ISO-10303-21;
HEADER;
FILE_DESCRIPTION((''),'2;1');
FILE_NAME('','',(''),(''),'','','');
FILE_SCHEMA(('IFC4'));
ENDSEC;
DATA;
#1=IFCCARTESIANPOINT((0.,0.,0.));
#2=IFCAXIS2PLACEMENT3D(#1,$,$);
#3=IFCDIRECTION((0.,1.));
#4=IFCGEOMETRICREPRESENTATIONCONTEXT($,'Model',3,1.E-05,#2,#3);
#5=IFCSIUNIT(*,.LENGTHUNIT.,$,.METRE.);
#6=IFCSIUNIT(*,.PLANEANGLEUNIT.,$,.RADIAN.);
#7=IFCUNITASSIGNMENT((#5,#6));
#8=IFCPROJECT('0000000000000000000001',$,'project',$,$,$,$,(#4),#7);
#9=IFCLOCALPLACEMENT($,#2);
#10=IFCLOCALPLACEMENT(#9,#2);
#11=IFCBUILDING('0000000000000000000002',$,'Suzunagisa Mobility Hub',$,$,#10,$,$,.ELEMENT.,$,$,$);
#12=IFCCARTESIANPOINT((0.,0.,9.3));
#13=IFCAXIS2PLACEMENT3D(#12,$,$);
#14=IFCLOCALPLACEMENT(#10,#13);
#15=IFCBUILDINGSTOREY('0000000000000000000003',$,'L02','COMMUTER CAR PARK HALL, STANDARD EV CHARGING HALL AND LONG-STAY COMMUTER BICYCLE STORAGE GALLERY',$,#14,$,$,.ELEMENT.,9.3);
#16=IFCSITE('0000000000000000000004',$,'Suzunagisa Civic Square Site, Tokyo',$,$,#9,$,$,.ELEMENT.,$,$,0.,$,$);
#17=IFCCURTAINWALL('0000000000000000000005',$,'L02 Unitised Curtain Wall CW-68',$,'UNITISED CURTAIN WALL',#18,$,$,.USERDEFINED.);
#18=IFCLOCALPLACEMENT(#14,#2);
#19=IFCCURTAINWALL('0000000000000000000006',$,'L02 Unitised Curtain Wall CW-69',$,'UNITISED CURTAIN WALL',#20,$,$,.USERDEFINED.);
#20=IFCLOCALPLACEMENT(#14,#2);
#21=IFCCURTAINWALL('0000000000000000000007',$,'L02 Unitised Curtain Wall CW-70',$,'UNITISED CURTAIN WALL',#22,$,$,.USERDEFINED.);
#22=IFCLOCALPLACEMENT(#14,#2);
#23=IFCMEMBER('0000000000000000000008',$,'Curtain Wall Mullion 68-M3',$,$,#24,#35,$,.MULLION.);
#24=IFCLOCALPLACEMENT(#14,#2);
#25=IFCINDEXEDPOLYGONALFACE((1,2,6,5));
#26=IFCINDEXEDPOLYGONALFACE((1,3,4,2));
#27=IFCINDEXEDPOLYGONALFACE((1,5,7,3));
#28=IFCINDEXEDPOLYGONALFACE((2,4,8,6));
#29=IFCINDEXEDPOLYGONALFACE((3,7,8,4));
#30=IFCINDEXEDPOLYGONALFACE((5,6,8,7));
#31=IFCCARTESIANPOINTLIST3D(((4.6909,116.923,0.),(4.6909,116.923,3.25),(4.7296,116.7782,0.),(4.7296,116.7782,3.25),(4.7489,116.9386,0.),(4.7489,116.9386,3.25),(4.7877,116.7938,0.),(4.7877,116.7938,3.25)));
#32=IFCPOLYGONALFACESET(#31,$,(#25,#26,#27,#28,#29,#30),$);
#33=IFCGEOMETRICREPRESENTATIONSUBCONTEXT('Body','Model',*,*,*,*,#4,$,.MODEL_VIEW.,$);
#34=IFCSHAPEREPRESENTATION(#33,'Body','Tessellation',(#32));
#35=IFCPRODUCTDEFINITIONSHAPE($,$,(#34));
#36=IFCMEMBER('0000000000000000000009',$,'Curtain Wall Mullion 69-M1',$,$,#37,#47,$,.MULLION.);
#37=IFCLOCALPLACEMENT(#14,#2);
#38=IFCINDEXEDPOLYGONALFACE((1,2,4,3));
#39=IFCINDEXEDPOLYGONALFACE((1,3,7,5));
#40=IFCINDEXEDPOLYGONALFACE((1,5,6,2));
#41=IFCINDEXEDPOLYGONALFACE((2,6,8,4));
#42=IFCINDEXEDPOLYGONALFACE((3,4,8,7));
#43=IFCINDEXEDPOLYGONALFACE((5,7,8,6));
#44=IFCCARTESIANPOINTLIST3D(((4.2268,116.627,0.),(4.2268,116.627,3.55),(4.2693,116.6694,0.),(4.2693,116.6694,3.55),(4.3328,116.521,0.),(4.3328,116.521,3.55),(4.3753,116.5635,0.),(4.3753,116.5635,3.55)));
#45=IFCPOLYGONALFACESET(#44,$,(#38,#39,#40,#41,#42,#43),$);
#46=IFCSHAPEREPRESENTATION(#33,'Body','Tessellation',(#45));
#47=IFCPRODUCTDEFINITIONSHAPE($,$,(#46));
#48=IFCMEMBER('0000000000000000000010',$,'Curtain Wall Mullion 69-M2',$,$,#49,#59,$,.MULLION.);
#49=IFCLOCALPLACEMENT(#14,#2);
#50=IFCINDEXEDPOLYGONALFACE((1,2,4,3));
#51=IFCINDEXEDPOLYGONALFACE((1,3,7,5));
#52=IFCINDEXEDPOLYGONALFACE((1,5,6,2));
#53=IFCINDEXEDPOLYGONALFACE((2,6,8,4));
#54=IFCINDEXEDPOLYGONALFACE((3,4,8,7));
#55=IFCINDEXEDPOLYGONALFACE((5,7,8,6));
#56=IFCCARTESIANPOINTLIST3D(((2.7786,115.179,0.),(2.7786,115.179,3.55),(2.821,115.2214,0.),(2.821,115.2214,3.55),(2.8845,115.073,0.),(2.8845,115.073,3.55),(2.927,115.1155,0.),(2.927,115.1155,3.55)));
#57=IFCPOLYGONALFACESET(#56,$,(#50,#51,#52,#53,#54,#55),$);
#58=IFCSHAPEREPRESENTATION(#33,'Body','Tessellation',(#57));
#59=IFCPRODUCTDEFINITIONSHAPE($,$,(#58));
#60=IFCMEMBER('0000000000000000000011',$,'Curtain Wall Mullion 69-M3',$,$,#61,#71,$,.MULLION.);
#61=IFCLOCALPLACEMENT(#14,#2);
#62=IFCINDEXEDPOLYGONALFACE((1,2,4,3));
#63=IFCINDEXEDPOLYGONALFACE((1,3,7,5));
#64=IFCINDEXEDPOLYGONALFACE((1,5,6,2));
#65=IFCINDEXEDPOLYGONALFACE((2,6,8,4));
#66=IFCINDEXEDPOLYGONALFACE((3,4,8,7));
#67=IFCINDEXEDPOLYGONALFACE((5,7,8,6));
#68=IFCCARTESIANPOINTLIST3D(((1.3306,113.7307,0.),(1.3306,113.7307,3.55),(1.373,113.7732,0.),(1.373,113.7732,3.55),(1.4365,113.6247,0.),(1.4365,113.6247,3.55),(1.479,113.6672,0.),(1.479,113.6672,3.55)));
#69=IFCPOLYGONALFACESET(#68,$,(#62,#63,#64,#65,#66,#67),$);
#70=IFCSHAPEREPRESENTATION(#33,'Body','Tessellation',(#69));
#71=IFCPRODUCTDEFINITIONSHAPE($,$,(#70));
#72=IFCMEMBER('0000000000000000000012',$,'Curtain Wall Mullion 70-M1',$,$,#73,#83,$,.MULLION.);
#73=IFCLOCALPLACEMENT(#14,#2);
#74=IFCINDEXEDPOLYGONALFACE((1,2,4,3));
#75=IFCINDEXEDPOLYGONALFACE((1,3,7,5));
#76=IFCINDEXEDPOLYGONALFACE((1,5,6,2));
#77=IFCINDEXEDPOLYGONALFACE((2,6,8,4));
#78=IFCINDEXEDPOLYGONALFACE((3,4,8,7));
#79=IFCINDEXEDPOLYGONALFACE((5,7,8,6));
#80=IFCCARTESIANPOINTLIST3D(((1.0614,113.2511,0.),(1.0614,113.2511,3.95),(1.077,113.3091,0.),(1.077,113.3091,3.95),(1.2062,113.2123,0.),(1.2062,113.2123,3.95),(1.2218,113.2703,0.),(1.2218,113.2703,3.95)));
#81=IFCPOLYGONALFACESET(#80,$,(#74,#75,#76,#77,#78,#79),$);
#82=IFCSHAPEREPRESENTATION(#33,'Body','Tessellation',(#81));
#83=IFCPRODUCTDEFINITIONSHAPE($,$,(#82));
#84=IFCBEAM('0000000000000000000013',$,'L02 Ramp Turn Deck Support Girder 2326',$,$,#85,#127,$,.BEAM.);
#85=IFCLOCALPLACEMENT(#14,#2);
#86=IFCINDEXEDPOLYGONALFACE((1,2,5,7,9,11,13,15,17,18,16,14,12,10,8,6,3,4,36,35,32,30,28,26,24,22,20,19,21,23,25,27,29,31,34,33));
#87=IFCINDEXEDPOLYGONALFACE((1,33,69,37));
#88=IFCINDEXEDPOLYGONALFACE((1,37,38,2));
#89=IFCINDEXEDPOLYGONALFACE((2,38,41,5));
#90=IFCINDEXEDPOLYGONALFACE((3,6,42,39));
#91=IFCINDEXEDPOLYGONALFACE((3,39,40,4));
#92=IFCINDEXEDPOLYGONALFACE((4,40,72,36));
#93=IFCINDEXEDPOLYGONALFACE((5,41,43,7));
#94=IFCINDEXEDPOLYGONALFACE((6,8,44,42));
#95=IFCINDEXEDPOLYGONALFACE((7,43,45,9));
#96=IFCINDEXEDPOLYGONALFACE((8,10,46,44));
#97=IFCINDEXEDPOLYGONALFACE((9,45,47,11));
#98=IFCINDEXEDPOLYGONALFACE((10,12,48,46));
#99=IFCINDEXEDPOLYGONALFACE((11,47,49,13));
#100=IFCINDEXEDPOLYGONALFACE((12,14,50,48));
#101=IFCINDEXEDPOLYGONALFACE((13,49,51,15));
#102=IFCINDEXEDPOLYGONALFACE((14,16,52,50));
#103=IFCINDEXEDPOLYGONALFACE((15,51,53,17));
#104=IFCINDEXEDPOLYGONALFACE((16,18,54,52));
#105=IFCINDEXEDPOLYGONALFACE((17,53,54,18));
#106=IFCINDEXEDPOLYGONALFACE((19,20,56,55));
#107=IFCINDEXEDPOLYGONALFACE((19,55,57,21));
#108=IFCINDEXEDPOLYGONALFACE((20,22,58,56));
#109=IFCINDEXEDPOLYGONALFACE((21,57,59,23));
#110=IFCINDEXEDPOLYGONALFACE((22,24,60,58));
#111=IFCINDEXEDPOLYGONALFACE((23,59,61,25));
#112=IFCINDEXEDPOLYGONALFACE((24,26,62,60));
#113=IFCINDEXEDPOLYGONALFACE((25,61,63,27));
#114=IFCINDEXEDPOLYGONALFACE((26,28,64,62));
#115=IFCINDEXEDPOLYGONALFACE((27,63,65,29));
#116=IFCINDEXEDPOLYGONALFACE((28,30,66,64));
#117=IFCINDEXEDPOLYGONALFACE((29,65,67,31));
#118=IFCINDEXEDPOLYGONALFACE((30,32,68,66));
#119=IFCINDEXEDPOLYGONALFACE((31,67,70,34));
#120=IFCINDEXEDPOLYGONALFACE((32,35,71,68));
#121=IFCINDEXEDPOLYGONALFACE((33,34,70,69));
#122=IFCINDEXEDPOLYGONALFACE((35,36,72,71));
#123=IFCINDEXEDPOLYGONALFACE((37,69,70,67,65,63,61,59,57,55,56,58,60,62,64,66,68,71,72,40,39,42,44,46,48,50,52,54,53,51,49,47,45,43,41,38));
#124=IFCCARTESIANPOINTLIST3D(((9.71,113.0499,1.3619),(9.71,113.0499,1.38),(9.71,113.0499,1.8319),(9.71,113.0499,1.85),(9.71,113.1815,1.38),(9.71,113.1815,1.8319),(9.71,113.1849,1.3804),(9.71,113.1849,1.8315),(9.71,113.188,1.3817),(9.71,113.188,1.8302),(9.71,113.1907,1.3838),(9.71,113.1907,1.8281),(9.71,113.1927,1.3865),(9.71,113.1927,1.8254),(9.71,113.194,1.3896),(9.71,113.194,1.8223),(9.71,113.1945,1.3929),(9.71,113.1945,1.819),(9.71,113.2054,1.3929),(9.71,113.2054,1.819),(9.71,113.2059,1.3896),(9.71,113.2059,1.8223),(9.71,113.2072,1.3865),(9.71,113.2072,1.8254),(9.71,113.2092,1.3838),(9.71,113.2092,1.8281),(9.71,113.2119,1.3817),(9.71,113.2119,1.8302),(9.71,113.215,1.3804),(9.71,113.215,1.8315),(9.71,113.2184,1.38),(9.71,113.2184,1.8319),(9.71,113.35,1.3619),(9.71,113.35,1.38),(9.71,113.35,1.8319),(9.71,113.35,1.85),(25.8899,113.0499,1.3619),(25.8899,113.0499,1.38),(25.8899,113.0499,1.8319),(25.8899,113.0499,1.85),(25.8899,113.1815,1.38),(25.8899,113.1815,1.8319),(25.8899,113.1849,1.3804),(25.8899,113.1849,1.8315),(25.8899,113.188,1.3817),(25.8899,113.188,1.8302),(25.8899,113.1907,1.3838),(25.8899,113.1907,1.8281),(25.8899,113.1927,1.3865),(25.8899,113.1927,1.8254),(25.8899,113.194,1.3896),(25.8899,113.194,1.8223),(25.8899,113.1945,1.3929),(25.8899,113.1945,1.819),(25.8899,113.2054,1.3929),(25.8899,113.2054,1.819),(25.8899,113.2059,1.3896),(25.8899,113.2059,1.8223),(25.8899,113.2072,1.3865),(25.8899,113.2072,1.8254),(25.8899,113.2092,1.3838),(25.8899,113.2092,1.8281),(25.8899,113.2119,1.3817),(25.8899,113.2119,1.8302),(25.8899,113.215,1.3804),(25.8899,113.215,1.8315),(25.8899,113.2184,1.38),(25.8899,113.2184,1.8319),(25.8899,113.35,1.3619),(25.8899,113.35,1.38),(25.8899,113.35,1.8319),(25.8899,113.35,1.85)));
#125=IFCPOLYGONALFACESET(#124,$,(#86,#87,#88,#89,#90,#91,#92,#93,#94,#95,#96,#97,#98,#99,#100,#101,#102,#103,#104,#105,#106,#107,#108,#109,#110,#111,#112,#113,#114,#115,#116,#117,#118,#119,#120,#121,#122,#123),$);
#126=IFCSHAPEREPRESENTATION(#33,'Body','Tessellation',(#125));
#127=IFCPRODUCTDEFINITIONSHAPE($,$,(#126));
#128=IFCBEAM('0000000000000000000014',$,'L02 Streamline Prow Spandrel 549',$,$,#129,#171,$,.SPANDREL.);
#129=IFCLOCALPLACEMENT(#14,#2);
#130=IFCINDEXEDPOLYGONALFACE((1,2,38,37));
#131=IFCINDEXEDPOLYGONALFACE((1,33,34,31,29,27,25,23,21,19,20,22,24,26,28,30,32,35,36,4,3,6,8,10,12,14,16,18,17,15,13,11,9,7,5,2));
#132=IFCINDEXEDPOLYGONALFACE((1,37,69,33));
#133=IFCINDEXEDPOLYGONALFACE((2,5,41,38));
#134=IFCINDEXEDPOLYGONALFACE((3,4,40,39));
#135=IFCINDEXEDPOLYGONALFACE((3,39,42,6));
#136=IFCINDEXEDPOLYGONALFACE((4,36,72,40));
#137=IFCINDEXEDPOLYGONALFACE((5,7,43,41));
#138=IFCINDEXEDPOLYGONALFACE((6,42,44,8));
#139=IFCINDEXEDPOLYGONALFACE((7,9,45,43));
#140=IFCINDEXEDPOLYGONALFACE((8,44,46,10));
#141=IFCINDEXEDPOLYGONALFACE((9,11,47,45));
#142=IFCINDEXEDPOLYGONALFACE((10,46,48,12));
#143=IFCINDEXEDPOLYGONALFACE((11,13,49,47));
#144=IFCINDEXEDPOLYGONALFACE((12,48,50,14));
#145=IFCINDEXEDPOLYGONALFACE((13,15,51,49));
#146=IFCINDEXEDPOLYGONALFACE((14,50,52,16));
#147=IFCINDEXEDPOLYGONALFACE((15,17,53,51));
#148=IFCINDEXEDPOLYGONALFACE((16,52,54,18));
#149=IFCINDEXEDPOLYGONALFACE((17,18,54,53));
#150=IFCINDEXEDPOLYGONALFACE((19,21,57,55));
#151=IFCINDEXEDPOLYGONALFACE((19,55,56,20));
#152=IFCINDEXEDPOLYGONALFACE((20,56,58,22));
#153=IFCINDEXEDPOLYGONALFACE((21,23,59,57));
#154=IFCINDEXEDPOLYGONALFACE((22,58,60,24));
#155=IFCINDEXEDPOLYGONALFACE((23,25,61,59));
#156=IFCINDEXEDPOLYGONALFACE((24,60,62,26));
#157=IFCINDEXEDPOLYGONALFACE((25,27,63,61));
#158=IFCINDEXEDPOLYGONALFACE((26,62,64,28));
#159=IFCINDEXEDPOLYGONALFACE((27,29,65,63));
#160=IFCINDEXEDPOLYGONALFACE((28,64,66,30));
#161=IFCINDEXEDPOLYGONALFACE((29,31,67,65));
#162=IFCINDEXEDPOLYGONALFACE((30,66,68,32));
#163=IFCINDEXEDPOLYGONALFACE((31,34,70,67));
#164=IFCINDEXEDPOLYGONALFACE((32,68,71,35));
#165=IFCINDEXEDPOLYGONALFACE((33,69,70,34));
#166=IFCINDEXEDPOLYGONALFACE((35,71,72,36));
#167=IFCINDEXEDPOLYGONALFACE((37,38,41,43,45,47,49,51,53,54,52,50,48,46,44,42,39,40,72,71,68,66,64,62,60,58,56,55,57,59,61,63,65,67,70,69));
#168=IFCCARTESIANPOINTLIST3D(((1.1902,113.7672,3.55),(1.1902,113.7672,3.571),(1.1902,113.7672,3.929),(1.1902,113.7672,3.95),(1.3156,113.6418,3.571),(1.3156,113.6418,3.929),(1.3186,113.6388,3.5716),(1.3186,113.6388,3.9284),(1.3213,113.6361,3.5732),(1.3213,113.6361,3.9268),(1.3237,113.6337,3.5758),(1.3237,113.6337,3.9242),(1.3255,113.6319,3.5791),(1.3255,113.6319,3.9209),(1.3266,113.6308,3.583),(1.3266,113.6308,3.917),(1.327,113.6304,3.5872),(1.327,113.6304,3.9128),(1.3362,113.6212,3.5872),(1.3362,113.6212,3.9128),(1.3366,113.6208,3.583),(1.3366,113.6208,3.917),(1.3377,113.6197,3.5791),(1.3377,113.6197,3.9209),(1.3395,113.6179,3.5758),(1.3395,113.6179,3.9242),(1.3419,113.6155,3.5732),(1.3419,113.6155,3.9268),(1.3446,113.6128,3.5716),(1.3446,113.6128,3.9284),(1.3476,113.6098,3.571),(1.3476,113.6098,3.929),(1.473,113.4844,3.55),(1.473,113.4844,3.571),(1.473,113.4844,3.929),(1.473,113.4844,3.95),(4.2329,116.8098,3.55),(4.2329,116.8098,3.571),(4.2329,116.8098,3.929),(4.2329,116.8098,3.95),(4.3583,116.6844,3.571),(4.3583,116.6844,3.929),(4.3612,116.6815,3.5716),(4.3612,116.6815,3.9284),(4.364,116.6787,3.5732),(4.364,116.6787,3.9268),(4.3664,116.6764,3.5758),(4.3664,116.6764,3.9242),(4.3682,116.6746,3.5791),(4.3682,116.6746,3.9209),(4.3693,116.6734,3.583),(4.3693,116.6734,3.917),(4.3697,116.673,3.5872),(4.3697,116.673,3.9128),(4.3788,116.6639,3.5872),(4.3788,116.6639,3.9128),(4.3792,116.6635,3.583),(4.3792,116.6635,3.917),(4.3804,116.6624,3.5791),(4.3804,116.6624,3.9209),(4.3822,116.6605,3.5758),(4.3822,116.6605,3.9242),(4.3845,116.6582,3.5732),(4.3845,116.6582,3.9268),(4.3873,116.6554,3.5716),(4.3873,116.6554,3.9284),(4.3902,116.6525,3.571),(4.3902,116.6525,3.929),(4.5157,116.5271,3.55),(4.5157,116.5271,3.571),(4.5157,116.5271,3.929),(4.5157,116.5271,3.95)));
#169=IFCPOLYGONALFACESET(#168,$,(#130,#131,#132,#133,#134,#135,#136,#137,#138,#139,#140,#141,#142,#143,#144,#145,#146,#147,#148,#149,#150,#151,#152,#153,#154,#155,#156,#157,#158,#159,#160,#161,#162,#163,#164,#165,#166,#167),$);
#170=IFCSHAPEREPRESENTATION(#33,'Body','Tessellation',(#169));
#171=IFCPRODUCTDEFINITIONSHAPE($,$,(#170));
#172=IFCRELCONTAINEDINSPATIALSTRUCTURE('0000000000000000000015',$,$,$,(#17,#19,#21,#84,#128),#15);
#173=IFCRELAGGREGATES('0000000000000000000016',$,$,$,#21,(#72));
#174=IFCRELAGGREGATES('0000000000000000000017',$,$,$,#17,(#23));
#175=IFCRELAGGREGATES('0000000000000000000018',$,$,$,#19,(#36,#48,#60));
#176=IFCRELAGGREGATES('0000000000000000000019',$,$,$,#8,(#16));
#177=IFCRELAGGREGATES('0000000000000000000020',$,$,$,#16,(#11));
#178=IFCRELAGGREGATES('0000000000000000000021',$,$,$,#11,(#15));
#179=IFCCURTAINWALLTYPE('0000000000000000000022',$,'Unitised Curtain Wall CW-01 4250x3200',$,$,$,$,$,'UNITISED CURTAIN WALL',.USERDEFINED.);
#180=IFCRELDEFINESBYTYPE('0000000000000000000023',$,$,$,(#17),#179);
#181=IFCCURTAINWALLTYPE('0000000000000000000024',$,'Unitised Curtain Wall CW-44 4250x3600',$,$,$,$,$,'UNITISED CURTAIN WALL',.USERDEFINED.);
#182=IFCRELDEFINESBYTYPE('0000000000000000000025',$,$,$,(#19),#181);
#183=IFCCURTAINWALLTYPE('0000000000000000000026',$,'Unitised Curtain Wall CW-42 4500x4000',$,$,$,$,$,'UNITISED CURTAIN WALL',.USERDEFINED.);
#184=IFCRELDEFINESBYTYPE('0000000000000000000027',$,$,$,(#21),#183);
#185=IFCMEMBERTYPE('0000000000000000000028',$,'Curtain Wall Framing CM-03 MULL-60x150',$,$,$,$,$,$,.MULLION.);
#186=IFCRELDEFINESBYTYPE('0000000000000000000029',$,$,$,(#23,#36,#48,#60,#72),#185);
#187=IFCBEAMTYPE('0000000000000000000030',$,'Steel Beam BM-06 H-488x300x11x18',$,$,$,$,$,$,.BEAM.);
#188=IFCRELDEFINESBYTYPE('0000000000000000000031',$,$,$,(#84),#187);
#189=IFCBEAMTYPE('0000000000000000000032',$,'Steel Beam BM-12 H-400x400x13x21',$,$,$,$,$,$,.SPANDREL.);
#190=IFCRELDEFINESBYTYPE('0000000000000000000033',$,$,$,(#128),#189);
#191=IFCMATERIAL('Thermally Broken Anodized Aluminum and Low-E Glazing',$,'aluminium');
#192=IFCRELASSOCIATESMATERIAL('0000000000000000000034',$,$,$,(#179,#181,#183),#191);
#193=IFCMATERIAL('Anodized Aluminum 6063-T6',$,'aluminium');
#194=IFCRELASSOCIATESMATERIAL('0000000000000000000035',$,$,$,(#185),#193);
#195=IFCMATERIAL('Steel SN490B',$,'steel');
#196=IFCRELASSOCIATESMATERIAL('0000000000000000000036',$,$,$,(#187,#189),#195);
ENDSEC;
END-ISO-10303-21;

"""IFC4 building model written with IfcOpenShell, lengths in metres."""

from ifc_helpers import new_model, si_unit, direction, frame, origin, origin_2d, place, context, subcontext, project, spatial, rectangle, i_section, extrude, material, material_profile, profile_set, type_object, element, aggregate, save


model = new_model("IFC4")

# Units and contexts
model_context = context("Model", 3, precision=1e-05, world=origin(), true_north=direction((0.0, 1.0)))
body_context = subcontext(model_context, "Body", "Model", "MODEL_VIEW")
ifc_project = project(units=[si_unit("LENGTHUNIT", "METRE"), si_unit("PLANEANGLEUNIT", "RADIAN")], contexts=[model_context])

# Site, building, storey
site_placement = place(None, origin())
site = spatial("IfcSite", under=ifc_project, at=site_placement, Name="Suzunagisa Civic Square Site, Tokyo", CompositionType="ELEMENT", RefElevation=0.0)
building_placement = place(site_placement, origin())
building = spatial("IfcBuilding", under=site, at=building_placement, Name="Suzunagisa Mobility Hub", CompositionType="ELEMENT")
storey_placement = place(building_placement, frame((0.0, 0.0, 9.3)))
storey = spatial("IfcBuildingStorey", under=building, at=storey_placement, Name="L02", Description="COMMUTER CAR PARK HALL, STANDARD EV CHARGING HALL AND LONG-STAY COMMUTER BICYCLE STORAGE GALLERY", CompositionType="ELEMENT", Elevation=9.3)

# Shared definitions
ifc_material_1 = material(Name="Steel SN490B", Category="steel")

# Curtain walls
ifc_material_2 = material(Name="Thermally Broken Anodized Aluminum and Low-E Glazing", Category="aluminium")
curtain_wall_type_1 = type_object("IfcCurtainWallType", Name="Unitised Curtain Wall CW-01 4250x3200", ElementType="UNITISED CURTAIN WALL", PredefinedType="USERDEFINED", material=ifc_material_2)
curtain_wall_1_placement = place(storey_placement, origin())
curtain_wall_1 = element("IfcCurtainWall", 1, at=curtain_wall_1_placement, inside=storey, type_object=curtain_wall_type_1, Name="L02 Unitised Curtain Wall CW-68", ObjectType="UNITISED CURTAIN WALL", PredefinedType="USERDEFINED")
ifc_material_3 = material(Name="Anodized Aluminum 6063-T6", Category="aluminium")
curtain_wall_type_2 = type_object("IfcCurtainWallType", Name="Unitised Curtain Wall CW-44 4250x3600", ElementType="UNITISED CURTAIN WALL", PredefinedType="USERDEFINED", material=ifc_material_2)
curtain_wall_2_placement = place(storey_placement, origin())
curtain_wall_2 = element("IfcCurtainWall", 2, at=curtain_wall_2_placement, inside=storey, type_object=curtain_wall_type_2, Name="L02 Unitised Curtain Wall CW-69", ObjectType="UNITISED CURTAIN WALL", PredefinedType="USERDEFINED")
curtain_wall_type_3 = type_object("IfcCurtainWallType", Name="Unitised Curtain Wall CW-42 4500x4000", ElementType="UNITISED CURTAIN WALL", PredefinedType="USERDEFINED", material=ifc_material_2)
curtain_wall_3_placement = place(storey_placement, origin())
curtain_wall_3 = element("IfcCurtainWall", 3, at=curtain_wall_3_placement, inside=storey, type_object=curtain_wall_type_3, Name="L02 Unitised Curtain Wall CW-70", ObjectType="UNITISED CURTAIN WALL", PredefinedType="USERDEFINED")

# Members
ifc_material_profile_1 = material_profile(ifc_material_3, rectangle(XDim=0.0601, YDim=0.1499, at=origin_2d()), Name="MULL-60x150")
ifc_profile_set_1 = profile_set([ifc_material_profile_1], Name="Anodized Aluminum 6063-T6")
member_type_1 = type_object("IfcMemberType", Name="Curtain Wall Framing CM-03 MULL-60x150", PredefinedType="MULLION", material=ifc_profile_set_1)
member_1_placement = place(storey_placement, frame((4.7393, 116.8584, 0.0), z_axis=(0.0, 0.0, 1.0), x_axis=(-0.96593, -0.258803, 0.0)))
member_1 = element("IfcMember", 4, at=member_1_placement, type_object=member_type_1, Name="Curtain Wall Mullion 68-M3", PredefinedType="MULLION", context=body_context, shape_type="SweptSolid", body=[
    extrude(rectangle(XDim=0.0601, YDim=0.1499, at=origin_2d()), origin(), (0.0, 0.0, 1.0), 3.25),
])
member_2_placement = place(storey_placement, frame((4.301, 116.5952, 0.0), z_axis=(0.0, 0.0, 1.0), x_axis=(-0.707107, -0.707107, 0.0)))
member_2 = element("IfcMember", 5, at=member_2_placement, type_object=member_type_1, Name="Curtain Wall Mullion 69-M1", PredefinedType="MULLION", context=body_context, shape_type="SweptSolid", body=[
    extrude(rectangle(XDim=0.0601, YDim=0.1499, at=origin_2d()), origin(), (0.0, 0.0, 1.0), 3.55),
])
member_3_placement = place(storey_placement, frame((2.8528, 115.1472, 0.0), z_axis=(0.0, 0.0, 1.0), x_axis=(-0.707107, -0.707107, 0.0)))
member_3 = element("IfcMember", 6, at=member_3_placement, type_object=member_type_1, Name="Curtain Wall Mullion 69-M2", PredefinedType="MULLION", context=body_context, shape_type="SweptSolid", body=[
    extrude(rectangle(XDim=0.0601, YDim=0.1499, at=origin_2d()), origin(), (0.0, 0.0, 1.0), 3.55),
])
member_4_placement = place(storey_placement, frame((1.4048, 113.699, 0.0), z_axis=(0.0, 0.0, 1.0), x_axis=(-0.707107, -0.707107, 0.0)))
member_4 = element("IfcMember", 7, at=member_4_placement, type_object=member_type_1, Name="Curtain Wall Mullion 69-M3", PredefinedType="MULLION", context=body_context, shape_type="SweptSolid", body=[
    extrude(rectangle(XDim=0.0601, YDim=0.1499, at=origin_2d()), origin(), (0.0, 0.0, 1.0), 3.55),
])
member_5_placement = place(storey_placement, frame((1.1416, 113.2607, 0.0), z_axis=(0.0, 0.0, 1.0), x_axis=(-0.258814, -0.965927, 0.0)))
member_5 = element("IfcMember", 8, at=member_5_placement, type_object=member_type_1, Name="Curtain Wall Mullion 70-M1", PredefinedType="MULLION", context=body_context, shape_type="SweptSolid", body=[
    extrude(rectangle(XDim=0.0601, YDim=0.1499, at=origin_2d()), origin(), (0.0, 0.0, 1.0), 3.95),
])
aggregate(curtain_wall_3, [member_5])

# Beams
ifc_material_profile_2 = material_profile(ifc_material_1, i_section(OverallWidth=0.3, OverallDepth=0.488, WebThickness=0.011, FlangeThickness=0.0181, FilletRadius=0.0129, at=origin_2d()), Name="H-488x300x11x18")
ifc_profile_set_2 = profile_set([ifc_material_profile_2], Name="Steel SN490B")
beam_type_1 = type_object("IfcBeamType", Name="Steel Beam BM-06 H-488x300x11x18", PredefinedType="BEAM", material=ifc_profile_set_2)
beam_1_placement = place(storey_placement, frame((9.71, 113.2, 1.606), z_axis=(1.0, 0.0, 0.0), x_axis=(0.0, 1.0, 0.0)))
element("IfcBeam", 9, at=beam_1_placement, inside=storey, type_object=beam_type_1, Name="L02 Ramp Turn Deck Support Girder 2326", PredefinedType="BEAM", context=body_context, shape_type="SweptSolid", body=[
    extrude(i_section(OverallWidth=0.3, OverallDepth=0.488, WebThickness=0.011, FlangeThickness=0.0181, FilletRadius=0.0129, at=origin_2d()), origin(), (0.0, 0.0, 1.0), 16.1799),
])
ifc_material_profile_3 = material_profile(ifc_material_1, i_section(OverallWidth=0.3999, OverallDepth=0.3999, WebThickness=0.0129, FlangeThickness=0.021, FilletRadius=0.0161, at=origin_2d()), Name="H-400x400x13x21")
ifc_profile_set_3 = profile_set([ifc_material_profile_3], Name="Steel SN490B")
beam_type_2 = type_object("IfcBeamType", Name="Steel Beam BM-12 H-400x400x13x21", PredefinedType="SPANDREL", material=ifc_profile_set_3)
beam_2_placement = place(storey_placement, frame((4.3743, 116.6685, 3.75), z_axis=(-0.707107, -0.707107, 0.0), x_axis=(0.707107, -0.707107, 0.0)))
element("IfcBeam", 10, at=beam_2_placement, inside=storey, type_object=beam_type_2, Name="L02 Streamline Prow Spandrel 549", PredefinedType="SPANDREL", context=body_context, shape_type="SweptSolid", body=[
    extrude(i_section(OverallWidth=0.3999, OverallDepth=0.3999, WebThickness=0.0129, FlangeThickness=0.021, FilletRadius=0.0161, at=origin_2d()), origin(), (0.0, 0.0, 1.0), 4.303),
])

aggregate(curtain_wall_1, [member_1])
aggregate(curtain_wall_2, [member_2, member_3, member_4])

save(model, "model.ifc")
